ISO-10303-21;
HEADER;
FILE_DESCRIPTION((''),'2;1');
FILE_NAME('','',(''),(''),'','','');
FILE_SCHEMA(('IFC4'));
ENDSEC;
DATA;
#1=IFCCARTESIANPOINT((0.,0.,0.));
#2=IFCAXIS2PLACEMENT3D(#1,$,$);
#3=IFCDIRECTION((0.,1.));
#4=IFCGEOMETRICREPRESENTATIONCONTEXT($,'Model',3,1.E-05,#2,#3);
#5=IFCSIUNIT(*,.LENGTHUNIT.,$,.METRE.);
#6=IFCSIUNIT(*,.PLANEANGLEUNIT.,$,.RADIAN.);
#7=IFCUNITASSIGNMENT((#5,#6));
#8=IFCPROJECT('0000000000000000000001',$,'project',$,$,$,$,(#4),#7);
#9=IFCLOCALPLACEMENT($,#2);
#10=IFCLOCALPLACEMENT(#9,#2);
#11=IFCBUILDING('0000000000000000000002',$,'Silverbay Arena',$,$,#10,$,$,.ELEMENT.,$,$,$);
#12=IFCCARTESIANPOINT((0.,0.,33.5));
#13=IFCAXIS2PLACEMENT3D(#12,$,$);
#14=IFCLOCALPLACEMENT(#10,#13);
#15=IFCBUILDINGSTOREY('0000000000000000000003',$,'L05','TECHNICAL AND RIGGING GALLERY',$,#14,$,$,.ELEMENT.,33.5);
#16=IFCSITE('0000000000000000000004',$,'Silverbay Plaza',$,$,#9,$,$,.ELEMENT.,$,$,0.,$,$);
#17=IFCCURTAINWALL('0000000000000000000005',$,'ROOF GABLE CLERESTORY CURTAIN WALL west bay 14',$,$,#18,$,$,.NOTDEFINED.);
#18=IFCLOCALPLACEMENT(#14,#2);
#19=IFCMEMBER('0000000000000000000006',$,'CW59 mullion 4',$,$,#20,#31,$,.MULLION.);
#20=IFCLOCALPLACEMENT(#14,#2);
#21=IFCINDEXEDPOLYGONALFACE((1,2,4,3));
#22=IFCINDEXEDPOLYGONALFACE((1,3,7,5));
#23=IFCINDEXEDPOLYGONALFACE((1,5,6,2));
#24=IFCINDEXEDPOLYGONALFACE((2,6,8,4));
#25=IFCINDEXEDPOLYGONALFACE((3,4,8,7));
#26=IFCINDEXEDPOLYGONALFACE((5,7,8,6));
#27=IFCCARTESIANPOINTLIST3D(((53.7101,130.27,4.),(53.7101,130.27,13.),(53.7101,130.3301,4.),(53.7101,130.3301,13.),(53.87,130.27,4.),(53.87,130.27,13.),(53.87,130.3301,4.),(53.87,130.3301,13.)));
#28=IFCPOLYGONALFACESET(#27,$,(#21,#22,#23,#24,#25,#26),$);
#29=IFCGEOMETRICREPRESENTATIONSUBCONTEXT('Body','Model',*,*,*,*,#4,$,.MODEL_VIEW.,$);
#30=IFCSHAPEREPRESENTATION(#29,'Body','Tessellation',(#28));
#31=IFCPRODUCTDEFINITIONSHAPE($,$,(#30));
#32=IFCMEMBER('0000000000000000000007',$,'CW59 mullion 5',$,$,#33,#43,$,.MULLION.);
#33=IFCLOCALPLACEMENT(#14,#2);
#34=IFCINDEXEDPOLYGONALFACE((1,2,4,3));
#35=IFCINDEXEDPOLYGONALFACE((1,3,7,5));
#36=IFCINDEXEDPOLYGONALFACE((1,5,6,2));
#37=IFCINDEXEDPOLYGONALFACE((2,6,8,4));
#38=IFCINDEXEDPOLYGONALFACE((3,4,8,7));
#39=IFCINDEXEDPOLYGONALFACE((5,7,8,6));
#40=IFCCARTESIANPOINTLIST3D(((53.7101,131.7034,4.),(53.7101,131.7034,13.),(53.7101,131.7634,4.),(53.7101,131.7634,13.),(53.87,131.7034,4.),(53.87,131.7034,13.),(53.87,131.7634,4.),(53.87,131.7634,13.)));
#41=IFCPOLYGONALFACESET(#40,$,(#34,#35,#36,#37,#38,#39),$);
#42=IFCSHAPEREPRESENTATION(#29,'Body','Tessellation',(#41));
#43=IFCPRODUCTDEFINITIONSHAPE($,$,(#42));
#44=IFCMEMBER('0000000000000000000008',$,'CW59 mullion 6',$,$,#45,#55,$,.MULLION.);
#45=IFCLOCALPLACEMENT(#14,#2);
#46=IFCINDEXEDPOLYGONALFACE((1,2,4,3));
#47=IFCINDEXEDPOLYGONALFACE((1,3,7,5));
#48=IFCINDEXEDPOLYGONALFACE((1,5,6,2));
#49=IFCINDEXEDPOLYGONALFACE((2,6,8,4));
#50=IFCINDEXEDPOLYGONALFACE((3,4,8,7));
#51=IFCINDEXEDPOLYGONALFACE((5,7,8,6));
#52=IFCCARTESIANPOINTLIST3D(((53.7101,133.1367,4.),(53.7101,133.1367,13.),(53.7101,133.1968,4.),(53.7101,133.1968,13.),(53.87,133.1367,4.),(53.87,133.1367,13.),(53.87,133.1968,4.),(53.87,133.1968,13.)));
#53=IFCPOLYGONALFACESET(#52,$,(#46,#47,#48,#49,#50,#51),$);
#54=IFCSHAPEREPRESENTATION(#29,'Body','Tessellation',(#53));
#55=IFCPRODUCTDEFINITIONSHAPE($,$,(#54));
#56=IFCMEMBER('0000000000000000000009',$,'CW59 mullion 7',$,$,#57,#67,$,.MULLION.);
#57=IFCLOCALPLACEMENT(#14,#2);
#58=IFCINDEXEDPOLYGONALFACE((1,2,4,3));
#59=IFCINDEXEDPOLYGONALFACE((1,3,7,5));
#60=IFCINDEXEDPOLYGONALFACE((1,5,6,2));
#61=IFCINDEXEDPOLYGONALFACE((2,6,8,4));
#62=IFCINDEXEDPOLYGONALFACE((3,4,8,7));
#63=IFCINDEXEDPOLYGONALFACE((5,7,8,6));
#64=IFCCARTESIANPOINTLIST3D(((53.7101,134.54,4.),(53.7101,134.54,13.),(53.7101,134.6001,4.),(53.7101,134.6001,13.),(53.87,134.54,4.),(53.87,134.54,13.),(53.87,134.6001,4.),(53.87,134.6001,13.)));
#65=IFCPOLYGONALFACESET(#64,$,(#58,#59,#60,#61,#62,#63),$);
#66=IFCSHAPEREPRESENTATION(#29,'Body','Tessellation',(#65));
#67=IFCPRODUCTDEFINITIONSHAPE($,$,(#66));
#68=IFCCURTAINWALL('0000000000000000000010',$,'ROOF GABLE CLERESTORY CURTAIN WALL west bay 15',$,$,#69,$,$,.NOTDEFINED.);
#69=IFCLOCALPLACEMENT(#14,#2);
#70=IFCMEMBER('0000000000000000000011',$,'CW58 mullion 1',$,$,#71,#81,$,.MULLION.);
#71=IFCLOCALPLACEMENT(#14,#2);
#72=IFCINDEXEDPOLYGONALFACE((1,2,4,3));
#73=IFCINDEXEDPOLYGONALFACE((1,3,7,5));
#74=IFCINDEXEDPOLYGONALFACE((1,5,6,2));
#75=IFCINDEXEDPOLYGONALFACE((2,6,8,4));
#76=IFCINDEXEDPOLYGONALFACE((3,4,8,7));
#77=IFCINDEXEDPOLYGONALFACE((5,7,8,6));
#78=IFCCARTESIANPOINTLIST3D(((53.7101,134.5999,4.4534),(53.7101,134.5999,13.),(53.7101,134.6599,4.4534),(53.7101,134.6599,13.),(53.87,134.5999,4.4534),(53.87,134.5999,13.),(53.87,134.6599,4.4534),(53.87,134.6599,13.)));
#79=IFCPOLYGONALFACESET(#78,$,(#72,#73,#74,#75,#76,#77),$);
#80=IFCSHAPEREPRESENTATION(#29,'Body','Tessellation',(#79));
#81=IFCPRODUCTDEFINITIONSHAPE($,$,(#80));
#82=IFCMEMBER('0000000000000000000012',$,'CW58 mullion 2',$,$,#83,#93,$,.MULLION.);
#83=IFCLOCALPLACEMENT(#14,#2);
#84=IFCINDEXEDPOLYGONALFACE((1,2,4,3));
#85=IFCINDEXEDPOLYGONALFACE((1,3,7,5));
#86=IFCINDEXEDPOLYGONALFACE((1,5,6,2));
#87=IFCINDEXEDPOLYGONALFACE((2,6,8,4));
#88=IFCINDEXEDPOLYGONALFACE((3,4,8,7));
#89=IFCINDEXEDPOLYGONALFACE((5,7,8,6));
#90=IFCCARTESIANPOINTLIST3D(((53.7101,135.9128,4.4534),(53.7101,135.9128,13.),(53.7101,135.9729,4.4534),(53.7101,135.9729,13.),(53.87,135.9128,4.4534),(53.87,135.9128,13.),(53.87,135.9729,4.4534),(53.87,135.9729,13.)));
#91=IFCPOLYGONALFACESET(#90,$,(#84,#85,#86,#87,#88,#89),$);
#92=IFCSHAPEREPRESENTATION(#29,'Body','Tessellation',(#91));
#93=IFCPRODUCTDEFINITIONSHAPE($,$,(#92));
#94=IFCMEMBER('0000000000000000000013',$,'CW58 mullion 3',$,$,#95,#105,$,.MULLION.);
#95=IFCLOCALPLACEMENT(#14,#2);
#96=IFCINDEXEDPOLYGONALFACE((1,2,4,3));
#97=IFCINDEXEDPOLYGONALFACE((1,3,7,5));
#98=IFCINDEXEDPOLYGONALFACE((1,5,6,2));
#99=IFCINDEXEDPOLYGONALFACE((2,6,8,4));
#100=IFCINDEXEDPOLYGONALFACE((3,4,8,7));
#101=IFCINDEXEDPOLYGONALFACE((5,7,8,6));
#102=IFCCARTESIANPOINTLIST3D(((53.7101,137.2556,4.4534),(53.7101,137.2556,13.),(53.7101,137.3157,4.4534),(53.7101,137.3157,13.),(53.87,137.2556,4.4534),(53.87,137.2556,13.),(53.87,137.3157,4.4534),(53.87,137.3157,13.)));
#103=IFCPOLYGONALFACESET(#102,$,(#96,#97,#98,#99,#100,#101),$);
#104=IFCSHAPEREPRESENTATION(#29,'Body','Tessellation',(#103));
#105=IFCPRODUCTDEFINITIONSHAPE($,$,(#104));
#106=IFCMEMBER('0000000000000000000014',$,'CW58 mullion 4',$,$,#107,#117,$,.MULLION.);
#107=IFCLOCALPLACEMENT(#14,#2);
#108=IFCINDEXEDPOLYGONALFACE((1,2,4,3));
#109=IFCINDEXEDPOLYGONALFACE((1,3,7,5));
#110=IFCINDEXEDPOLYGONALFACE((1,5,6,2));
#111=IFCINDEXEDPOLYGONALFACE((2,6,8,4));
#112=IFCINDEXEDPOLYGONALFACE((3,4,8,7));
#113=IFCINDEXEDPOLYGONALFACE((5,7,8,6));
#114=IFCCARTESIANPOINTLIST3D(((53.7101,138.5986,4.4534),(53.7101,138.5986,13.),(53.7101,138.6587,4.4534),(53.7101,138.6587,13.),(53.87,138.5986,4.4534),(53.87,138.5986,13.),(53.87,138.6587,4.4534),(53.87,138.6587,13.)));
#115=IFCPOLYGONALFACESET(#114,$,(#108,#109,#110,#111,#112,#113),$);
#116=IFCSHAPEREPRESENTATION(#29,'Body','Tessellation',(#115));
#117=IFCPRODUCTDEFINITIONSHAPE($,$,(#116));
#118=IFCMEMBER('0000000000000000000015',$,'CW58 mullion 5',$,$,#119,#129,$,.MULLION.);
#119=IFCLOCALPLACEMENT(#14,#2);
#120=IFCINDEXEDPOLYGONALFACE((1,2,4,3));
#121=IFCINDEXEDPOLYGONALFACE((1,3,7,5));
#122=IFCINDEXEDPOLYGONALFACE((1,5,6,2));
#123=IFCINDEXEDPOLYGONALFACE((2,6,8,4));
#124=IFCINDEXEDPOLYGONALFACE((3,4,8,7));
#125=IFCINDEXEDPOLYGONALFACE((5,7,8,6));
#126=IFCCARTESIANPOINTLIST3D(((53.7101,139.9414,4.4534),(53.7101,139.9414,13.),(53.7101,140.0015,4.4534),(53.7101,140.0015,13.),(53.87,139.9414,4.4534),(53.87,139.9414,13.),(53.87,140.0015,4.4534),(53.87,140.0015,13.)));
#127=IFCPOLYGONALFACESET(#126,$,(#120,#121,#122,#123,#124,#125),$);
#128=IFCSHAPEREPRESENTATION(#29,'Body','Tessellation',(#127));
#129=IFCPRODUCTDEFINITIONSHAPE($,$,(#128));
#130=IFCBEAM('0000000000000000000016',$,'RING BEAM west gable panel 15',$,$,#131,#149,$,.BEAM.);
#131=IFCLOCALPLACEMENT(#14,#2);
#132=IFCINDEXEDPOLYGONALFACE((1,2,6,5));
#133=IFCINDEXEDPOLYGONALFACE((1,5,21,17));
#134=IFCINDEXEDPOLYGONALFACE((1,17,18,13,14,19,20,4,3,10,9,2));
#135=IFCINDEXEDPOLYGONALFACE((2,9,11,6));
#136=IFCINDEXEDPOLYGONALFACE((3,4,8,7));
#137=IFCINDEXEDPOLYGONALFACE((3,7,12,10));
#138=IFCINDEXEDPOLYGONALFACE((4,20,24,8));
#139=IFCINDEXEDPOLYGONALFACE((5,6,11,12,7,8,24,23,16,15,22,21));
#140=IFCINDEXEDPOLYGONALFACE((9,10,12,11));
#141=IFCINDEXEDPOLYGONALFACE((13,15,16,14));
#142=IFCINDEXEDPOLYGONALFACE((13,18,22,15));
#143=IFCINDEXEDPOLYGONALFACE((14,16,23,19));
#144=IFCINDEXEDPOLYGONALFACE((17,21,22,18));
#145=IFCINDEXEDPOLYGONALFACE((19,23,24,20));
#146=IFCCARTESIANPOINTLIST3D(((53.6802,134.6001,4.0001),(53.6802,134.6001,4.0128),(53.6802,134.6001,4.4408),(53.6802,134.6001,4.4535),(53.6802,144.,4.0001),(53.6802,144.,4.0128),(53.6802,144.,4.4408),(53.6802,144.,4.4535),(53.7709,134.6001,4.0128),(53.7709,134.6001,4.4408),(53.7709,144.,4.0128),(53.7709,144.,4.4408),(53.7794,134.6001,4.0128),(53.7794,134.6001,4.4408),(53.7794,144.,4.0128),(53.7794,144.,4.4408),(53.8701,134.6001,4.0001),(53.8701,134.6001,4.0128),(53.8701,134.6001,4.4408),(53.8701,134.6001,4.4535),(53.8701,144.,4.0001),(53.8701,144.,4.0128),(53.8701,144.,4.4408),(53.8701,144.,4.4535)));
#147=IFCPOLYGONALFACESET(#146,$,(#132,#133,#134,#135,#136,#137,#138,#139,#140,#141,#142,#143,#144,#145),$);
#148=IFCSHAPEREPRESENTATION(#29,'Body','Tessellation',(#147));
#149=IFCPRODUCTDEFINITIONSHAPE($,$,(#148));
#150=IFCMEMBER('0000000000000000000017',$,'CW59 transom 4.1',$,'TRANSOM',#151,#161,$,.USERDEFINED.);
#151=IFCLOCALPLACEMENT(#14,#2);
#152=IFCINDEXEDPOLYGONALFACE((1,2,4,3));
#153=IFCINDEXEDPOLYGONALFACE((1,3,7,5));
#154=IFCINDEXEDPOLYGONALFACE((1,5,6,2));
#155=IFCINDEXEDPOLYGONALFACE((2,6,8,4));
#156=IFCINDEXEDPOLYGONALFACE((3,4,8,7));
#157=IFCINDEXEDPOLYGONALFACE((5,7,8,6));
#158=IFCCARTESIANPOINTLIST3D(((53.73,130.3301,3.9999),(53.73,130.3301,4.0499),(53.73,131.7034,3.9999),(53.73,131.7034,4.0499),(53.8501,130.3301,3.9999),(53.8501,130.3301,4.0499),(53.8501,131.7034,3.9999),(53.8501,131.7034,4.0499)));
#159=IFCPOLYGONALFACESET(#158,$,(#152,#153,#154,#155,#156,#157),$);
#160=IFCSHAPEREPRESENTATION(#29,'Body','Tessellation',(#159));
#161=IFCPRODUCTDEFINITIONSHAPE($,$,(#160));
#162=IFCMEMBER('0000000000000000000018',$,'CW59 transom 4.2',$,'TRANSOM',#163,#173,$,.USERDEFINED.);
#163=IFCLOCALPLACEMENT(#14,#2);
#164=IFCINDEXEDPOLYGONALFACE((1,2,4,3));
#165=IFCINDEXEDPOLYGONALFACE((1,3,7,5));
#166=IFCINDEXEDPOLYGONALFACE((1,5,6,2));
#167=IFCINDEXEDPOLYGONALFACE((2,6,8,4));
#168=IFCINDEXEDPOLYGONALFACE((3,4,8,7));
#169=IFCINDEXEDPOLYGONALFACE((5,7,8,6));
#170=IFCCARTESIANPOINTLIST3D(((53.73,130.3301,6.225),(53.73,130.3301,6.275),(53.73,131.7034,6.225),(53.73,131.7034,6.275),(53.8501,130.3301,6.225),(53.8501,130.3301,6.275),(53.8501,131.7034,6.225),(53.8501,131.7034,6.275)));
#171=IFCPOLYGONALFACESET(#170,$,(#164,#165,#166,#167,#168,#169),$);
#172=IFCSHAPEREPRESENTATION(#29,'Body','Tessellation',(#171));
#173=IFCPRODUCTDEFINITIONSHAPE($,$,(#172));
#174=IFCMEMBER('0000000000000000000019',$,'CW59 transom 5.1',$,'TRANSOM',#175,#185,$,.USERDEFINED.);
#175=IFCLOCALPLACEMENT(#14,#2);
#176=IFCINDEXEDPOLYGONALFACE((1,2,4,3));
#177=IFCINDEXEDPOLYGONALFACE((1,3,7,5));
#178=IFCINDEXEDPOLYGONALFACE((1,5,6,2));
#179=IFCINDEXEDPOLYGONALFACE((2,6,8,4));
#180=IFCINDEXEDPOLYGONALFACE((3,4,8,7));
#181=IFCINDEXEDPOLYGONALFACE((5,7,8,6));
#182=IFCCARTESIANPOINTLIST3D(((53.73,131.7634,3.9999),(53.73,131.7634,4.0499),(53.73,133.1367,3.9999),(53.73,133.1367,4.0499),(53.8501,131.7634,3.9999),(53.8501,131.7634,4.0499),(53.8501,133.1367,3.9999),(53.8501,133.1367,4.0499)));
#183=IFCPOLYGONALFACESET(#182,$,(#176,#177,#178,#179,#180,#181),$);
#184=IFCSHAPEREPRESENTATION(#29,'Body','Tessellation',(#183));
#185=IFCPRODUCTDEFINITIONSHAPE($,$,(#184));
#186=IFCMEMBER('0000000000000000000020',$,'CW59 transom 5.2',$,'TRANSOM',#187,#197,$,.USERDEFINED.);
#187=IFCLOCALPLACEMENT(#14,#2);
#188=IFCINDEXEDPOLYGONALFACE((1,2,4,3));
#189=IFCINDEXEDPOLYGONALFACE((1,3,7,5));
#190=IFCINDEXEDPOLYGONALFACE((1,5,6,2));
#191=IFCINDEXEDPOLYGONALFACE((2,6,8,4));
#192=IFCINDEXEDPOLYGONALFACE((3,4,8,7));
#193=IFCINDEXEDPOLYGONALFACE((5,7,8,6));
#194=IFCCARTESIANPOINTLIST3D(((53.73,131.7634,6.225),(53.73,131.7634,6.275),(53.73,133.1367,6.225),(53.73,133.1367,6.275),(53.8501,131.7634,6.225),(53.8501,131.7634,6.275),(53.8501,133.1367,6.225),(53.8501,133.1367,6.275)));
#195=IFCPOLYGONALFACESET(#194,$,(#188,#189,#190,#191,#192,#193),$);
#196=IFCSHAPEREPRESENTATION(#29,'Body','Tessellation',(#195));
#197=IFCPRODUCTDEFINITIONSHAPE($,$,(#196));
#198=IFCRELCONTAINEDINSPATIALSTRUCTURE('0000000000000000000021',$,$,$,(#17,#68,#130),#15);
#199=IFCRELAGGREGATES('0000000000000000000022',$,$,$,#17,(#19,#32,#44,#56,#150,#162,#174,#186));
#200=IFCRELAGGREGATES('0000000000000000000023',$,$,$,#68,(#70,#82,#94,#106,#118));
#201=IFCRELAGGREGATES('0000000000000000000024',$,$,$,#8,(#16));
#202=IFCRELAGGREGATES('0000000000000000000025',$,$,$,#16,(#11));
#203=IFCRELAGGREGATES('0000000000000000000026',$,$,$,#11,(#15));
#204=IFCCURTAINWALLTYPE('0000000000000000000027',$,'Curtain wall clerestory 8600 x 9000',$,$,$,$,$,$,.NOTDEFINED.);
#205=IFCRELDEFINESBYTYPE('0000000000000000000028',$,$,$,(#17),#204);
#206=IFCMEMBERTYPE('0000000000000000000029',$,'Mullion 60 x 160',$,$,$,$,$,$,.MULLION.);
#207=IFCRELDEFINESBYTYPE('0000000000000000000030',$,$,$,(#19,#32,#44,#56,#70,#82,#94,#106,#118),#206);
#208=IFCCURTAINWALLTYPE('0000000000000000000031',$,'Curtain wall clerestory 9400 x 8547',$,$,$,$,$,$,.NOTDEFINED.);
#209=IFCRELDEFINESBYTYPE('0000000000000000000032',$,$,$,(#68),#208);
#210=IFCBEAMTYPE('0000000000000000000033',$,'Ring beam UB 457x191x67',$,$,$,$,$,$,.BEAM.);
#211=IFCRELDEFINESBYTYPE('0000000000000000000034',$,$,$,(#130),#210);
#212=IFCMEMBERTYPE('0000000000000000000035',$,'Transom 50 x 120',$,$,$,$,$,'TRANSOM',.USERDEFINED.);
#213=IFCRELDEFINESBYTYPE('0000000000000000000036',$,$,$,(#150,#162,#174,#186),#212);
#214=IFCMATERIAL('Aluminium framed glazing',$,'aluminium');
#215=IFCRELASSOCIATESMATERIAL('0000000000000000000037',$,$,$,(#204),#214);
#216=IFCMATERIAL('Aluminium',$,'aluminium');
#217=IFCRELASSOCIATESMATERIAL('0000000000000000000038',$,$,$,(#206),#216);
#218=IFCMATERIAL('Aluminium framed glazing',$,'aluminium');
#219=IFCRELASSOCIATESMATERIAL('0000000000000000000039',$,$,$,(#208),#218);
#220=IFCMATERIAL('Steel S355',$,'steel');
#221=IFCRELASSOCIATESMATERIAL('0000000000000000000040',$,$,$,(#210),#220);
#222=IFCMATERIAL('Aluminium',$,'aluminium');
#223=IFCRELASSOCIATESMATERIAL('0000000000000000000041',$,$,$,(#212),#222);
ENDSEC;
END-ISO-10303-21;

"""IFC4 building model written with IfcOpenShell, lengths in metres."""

from ifc_helpers import new_model, si_unit, direction, frame, origin, origin_2d, place, context, subcontext, project, spatial, rectangle, i_section, extrude, material, material_profile, profile_set, type_object, element, aggregate, save


model = new_model("IFC4")

# Units and contexts
model_context = context("Model", 3, precision=1e-05, world=origin(), true_north=direction((0.0, 1.0)))
body_context = subcontext(model_context, "Body", "Model", "MODEL_VIEW")
ifc_project = project(units=[si_unit("LENGTHUNIT", "METRE"), si_unit("PLANEANGLEUNIT", "RADIAN")], contexts=[model_context])

# Site, building, storey
site_placement = place(None, origin())
site = spatial("IfcSite", under=ifc_project, at=site_placement, Name="Silverbay Plaza", CompositionType="ELEMENT", RefElevation=0.0)
building_placement = place(site_placement, origin())
building = spatial("IfcBuilding", under=site, at=building_placement, Name="Silverbay Arena", CompositionType="ELEMENT")
storey_placement = place(building_placement, frame((0.0, 0.0, 33.5)))
storey = spatial("IfcBuildingStorey", under=building, at=storey_placement, Name="L05", Description="TECHNICAL AND RIGGING GALLERY", CompositionType="ELEMENT", Elevation=33.5)

# Curtain walls, members
ifc_material_1 = material(Name="Aluminium framed glazing", Category="aluminium")
curtain_wall_type_1 = type_object("IfcCurtainWallType", Name="Curtain wall clerestory 8600 x 9000", PredefinedType="NOTDEFINED", material=ifc_material_1)
curtain_wall_1_placement = place(storey_placement, origin())
curtain_wall_1 = element("IfcCurtainWall", 1, at=curtain_wall_1_placement, inside=storey, type_object=curtain_wall_type_1, Name="ROOF GABLE CLERESTORY CURTAIN WALL west bay 14", PredefinedType="NOTDEFINED")
ifc_material_2 = material(Name="Aluminium", Category="aluminium")
ifc_material_profile_1 = material_profile(ifc_material_2, rectangle(XDim=0.1599, YDim=0.0601, at=origin_2d()), Name="Mullion 60 x 160")
ifc_profile_set_1 = profile_set([ifc_material_profile_1], Name="Aluminium")
member_type_1 = type_object("IfcMemberType", Name="Mullion 60 x 160", PredefinedType="MULLION", material=ifc_profile_set_1)
member_1_placement = place(storey_placement, frame((53.79, 130.3, 4.0), z_axis=(0.0, 0.0, 1.0), x_axis=(-1.0, 0.0, 0.0)))
member_1 = element("IfcMember", 2, at=member_1_placement, type_object=member_type_1, Name="CW59 mullion 4", PredefinedType="MULLION", context=body_context, shape_type="SweptSolid", body=[
    extrude(rectangle(XDim=0.1599, YDim=0.0601, at=origin_2d()), origin(), (0.0, 0.0, 1.0), 9.0),
])
member_2_placement = place(storey_placement, frame((53.79, 131.7334, 4.0), z_axis=(0.0, 0.0, 1.0), x_axis=(-1.0, 0.0, 0.0)))
member_2 = element("IfcMember", 3, at=member_2_placement, type_object=member_type_1, Name="CW59 mullion 5", PredefinedType="MULLION", context=body_context, shape_type="SweptSolid", body=[
    extrude(rectangle(XDim=0.1599, YDim=0.0601, at=origin_2d()), origin(), (0.0, 0.0, 1.0), 9.0),
])
member_3_placement = place(storey_placement, frame((53.79, 133.1667, 4.0), z_axis=(0.0, 0.0, 1.0), x_axis=(-1.0, 0.0, 0.0)))
member_3 = element("IfcMember", 4, at=member_3_placement, type_object=member_type_1, Name="CW59 mullion 6", PredefinedType="MULLION", context=body_context, shape_type="SweptSolid", body=[
    extrude(rectangle(XDim=0.1599, YDim=0.0601, at=origin_2d()), origin(), (0.0, 0.0, 1.0), 9.0),
])
member_4_placement = place(storey_placement, frame((53.79, 134.5701, 4.0), z_axis=(0.0, 0.0, 1.0), x_axis=(-1.0, 0.0, 0.0)))
member_4 = element("IfcMember", 5, at=member_4_placement, type_object=member_type_1, Name="CW59 mullion 7", PredefinedType="MULLION", context=body_context, shape_type="SweptSolid", body=[
    extrude(rectangle(XDim=0.1599, YDim=0.0601, at=origin_2d()), origin(), (0.0, 0.0, 1.0), 9.0),
])
ifc_material_3 = material(Name="Aluminium framed glazing", Category="aluminium")
curtain_wall_type_2 = type_object("IfcCurtainWallType", Name="Curtain wall clerestory 9400 x 8547", PredefinedType="NOTDEFINED", material=ifc_material_3)
curtain_wall_2_placement = place(storey_placement, origin())
curtain_wall_2 = element("IfcCurtainWall", 6, at=curtain_wall_2_placement, inside=storey, type_object=curtain_wall_type_2, Name="ROOF GABLE CLERESTORY CURTAIN WALL west bay 15", PredefinedType="NOTDEFINED")
member_5_placement = place(storey_placement, frame((53.79, 134.6299, 4.4534), z_axis=(0.0, 0.0, 1.0), x_axis=(-1.0, 0.0, 0.0)))
member_5 = element("IfcMember", 7, at=member_5_placement, type_object=member_type_1, Name="CW58 mullion 1", PredefinedType="MULLION", context=body_context, shape_type="SweptSolid", body=[
    extrude(rectangle(XDim=0.1599, YDim=0.0601, at=origin_2d()), origin(), (0.0, 0.0, 1.0), 8.5466),
])
member_6_placement = place(storey_placement, frame((53.79, 135.9429, 4.4534), z_axis=(0.0, 0.0, 1.0), x_axis=(-1.0, 0.0, 0.0)))
member_6 = element("IfcMember", 8, at=member_6_placement, type_object=member_type_1, Name="CW58 mullion 2", PredefinedType="MULLION", context=body_context, shape_type="SweptSolid", body=[
    extrude(rectangle(XDim=0.1599, YDim=0.0601, at=origin_2d()), origin(), (0.0, 0.0, 1.0), 8.5466),
])
member_7_placement = place(storey_placement, frame((53.79, 137.2856, 4.4534), z_axis=(0.0, 0.0, 1.0), x_axis=(-1.0, 0.0, 0.0)))
member_7 = element("IfcMember", 9, at=member_7_placement, type_object=member_type_1, Name="CW58 mullion 3", PredefinedType="MULLION", context=body_context, shape_type="SweptSolid", body=[
    extrude(rectangle(XDim=0.1599, YDim=0.0601, at=origin_2d()), origin(), (0.0, 0.0, 1.0), 8.5466),
])
member_8_placement = place(storey_placement, frame((53.79, 138.6287, 4.4534), z_axis=(0.0, 0.0, 1.0), x_axis=(-1.0, 0.0, 0.0)))
member_8 = element("IfcMember", 10, at=member_8_placement, type_object=member_type_1, Name="CW58 mullion 4", PredefinedType="MULLION", context=body_context, shape_type="SweptSolid", body=[
    extrude(rectangle(XDim=0.1599, YDim=0.0601, at=origin_2d()), origin(), (0.0, 0.0, 1.0), 8.5466),
])
member_9_placement = place(storey_placement, frame((53.79, 139.9714, 4.4534), z_axis=(0.0, 0.0, 1.0), x_axis=(-1.0, 0.0, 0.0)))
member_9 = element("IfcMember", 11, at=member_9_placement, type_object=member_type_1, Name="CW58 mullion 5", PredefinedType="MULLION", context=body_context, shape_type="SweptSolid", body=[
    extrude(rectangle(XDim=0.1599, YDim=0.0601, at=origin_2d()), origin(), (0.0, 0.0, 1.0), 8.5466),
])

# Beam
ifc_material_4 = material(Name="Steel S355", Category="steel")
ifc_material_profile_2 = material_profile(ifc_material_4, i_section(OverallWidth=0.1899, OverallDepth=0.4534, WebThickness=0.0085, FlangeThickness=0.0127, at=origin_2d()), Name="UB 457x191x67")
ifc_profile_set_2 = profile_set([ifc_material_profile_2], Name="Steel S355")
beam_type = type_object("IfcBeamType", Name="Ring beam UB 457x191x67", PredefinedType="BEAM", material=ifc_profile_set_2)
beam_placement = place(storey_placement, frame((53.7751, 134.6001, 4.2268), z_axis=(0.0, 1.0, 0.0), x_axis=(-1.0, 0.0, 0.0)))
element("IfcBeam", 12, at=beam_placement, inside=storey, type_object=beam_type, Name="RING BEAM west gable panel 15", PredefinedType="BEAM", context=body_context, shape_type="SweptSolid", body=[
    extrude(i_section(OverallWidth=0.1899, OverallDepth=0.4534, WebThickness=0.0085, FlangeThickness=0.0127, at=origin_2d()), origin(), (0.0, 0.0, 1.0), 9.3999),
])

# Members
ifc_material_5 = material(Name="Aluminium", Category="aluminium")
ifc_material_profile_3 = material_profile(ifc_material_5, rectangle(XDim=0.1201, YDim=0.05, at=origin_2d()), Name="Transom 50 x 120")
ifc_profile_set_3 = profile_set([ifc_material_profile_3], Name="Aluminium")
member_type_2 = type_object("IfcMemberType", Name="Transom 50 x 120", ElementType="TRANSOM", PredefinedType="USERDEFINED", material=ifc_profile_set_3)
member_10_placement = place(storey_placement, frame((53.79, 130.3301, 4.0249), z_axis=(0.0, 1.0, 0.0), x_axis=(-1.0, 0.0, 0.0)))
member_10 = element("IfcMember", 13, at=member_10_placement, type_object=member_type_2, Name="CW59 transom 4.1", ObjectType="TRANSOM", PredefinedType="USERDEFINED", context=body_context, shape_type="SweptSolid", body=[
    extrude(rectangle(XDim=0.1201, YDim=0.05, at=origin_2d()), origin(), (0.0, 0.0, 1.0), 1.3733),
])
member_11_placement = place(storey_placement, frame((53.79, 130.3301, 6.25), z_axis=(0.0, 1.0, 0.0), x_axis=(-1.0, 0.0, 0.0)))
member_11 = element("IfcMember", 14, at=member_11_placement, type_object=member_type_2, Name="CW59 transom 4.2", ObjectType="TRANSOM", PredefinedType="USERDEFINED", context=body_context, shape_type="SweptSolid", body=[
    extrude(rectangle(XDim=0.1201, YDim=0.05, at=origin_2d()), origin(), (0.0, 0.0, 1.0), 1.3733),
])
member_12_placement = place(storey_placement, frame((53.79, 131.7634, 4.0249), z_axis=(0.0, 1.0, 0.0), x_axis=(-1.0, 0.0, 0.0)))
member_12 = element("IfcMember", 15, at=member_12_placement, type_object=member_type_2, Name="CW59 transom 5.1", ObjectType="TRANSOM", PredefinedType="USERDEFINED", context=body_context, shape_type="SweptSolid", body=[
    extrude(rectangle(XDim=0.1201, YDim=0.05, at=origin_2d()), origin(), (0.0, 0.0, 1.0), 1.3733),
])
member_13_placement = place(storey_placement, frame((53.79, 131.7634, 6.25), z_axis=(0.0, 1.0, 0.0), x_axis=(-1.0, 0.0, 0.0)))
member_13 = element("IfcMember", 16, at=member_13_placement, type_object=member_type_2, Name="CW59 transom 5.2", ObjectType="TRANSOM", PredefinedType="USERDEFINED", context=body_context, shape_type="SweptSolid", body=[
    extrude(rectangle(XDim=0.1201, YDim=0.05, at=origin_2d()), origin(), (0.0, 0.0, 1.0), 1.3733),
])

aggregate(curtain_wall_1, [member_1, member_2, member_3, member_4, member_10, member_11, member_12, member_13])
aggregate(curtain_wall_2, [member_5, member_6, member_7, member_8, member_9])

save(model, "model.ifc")
